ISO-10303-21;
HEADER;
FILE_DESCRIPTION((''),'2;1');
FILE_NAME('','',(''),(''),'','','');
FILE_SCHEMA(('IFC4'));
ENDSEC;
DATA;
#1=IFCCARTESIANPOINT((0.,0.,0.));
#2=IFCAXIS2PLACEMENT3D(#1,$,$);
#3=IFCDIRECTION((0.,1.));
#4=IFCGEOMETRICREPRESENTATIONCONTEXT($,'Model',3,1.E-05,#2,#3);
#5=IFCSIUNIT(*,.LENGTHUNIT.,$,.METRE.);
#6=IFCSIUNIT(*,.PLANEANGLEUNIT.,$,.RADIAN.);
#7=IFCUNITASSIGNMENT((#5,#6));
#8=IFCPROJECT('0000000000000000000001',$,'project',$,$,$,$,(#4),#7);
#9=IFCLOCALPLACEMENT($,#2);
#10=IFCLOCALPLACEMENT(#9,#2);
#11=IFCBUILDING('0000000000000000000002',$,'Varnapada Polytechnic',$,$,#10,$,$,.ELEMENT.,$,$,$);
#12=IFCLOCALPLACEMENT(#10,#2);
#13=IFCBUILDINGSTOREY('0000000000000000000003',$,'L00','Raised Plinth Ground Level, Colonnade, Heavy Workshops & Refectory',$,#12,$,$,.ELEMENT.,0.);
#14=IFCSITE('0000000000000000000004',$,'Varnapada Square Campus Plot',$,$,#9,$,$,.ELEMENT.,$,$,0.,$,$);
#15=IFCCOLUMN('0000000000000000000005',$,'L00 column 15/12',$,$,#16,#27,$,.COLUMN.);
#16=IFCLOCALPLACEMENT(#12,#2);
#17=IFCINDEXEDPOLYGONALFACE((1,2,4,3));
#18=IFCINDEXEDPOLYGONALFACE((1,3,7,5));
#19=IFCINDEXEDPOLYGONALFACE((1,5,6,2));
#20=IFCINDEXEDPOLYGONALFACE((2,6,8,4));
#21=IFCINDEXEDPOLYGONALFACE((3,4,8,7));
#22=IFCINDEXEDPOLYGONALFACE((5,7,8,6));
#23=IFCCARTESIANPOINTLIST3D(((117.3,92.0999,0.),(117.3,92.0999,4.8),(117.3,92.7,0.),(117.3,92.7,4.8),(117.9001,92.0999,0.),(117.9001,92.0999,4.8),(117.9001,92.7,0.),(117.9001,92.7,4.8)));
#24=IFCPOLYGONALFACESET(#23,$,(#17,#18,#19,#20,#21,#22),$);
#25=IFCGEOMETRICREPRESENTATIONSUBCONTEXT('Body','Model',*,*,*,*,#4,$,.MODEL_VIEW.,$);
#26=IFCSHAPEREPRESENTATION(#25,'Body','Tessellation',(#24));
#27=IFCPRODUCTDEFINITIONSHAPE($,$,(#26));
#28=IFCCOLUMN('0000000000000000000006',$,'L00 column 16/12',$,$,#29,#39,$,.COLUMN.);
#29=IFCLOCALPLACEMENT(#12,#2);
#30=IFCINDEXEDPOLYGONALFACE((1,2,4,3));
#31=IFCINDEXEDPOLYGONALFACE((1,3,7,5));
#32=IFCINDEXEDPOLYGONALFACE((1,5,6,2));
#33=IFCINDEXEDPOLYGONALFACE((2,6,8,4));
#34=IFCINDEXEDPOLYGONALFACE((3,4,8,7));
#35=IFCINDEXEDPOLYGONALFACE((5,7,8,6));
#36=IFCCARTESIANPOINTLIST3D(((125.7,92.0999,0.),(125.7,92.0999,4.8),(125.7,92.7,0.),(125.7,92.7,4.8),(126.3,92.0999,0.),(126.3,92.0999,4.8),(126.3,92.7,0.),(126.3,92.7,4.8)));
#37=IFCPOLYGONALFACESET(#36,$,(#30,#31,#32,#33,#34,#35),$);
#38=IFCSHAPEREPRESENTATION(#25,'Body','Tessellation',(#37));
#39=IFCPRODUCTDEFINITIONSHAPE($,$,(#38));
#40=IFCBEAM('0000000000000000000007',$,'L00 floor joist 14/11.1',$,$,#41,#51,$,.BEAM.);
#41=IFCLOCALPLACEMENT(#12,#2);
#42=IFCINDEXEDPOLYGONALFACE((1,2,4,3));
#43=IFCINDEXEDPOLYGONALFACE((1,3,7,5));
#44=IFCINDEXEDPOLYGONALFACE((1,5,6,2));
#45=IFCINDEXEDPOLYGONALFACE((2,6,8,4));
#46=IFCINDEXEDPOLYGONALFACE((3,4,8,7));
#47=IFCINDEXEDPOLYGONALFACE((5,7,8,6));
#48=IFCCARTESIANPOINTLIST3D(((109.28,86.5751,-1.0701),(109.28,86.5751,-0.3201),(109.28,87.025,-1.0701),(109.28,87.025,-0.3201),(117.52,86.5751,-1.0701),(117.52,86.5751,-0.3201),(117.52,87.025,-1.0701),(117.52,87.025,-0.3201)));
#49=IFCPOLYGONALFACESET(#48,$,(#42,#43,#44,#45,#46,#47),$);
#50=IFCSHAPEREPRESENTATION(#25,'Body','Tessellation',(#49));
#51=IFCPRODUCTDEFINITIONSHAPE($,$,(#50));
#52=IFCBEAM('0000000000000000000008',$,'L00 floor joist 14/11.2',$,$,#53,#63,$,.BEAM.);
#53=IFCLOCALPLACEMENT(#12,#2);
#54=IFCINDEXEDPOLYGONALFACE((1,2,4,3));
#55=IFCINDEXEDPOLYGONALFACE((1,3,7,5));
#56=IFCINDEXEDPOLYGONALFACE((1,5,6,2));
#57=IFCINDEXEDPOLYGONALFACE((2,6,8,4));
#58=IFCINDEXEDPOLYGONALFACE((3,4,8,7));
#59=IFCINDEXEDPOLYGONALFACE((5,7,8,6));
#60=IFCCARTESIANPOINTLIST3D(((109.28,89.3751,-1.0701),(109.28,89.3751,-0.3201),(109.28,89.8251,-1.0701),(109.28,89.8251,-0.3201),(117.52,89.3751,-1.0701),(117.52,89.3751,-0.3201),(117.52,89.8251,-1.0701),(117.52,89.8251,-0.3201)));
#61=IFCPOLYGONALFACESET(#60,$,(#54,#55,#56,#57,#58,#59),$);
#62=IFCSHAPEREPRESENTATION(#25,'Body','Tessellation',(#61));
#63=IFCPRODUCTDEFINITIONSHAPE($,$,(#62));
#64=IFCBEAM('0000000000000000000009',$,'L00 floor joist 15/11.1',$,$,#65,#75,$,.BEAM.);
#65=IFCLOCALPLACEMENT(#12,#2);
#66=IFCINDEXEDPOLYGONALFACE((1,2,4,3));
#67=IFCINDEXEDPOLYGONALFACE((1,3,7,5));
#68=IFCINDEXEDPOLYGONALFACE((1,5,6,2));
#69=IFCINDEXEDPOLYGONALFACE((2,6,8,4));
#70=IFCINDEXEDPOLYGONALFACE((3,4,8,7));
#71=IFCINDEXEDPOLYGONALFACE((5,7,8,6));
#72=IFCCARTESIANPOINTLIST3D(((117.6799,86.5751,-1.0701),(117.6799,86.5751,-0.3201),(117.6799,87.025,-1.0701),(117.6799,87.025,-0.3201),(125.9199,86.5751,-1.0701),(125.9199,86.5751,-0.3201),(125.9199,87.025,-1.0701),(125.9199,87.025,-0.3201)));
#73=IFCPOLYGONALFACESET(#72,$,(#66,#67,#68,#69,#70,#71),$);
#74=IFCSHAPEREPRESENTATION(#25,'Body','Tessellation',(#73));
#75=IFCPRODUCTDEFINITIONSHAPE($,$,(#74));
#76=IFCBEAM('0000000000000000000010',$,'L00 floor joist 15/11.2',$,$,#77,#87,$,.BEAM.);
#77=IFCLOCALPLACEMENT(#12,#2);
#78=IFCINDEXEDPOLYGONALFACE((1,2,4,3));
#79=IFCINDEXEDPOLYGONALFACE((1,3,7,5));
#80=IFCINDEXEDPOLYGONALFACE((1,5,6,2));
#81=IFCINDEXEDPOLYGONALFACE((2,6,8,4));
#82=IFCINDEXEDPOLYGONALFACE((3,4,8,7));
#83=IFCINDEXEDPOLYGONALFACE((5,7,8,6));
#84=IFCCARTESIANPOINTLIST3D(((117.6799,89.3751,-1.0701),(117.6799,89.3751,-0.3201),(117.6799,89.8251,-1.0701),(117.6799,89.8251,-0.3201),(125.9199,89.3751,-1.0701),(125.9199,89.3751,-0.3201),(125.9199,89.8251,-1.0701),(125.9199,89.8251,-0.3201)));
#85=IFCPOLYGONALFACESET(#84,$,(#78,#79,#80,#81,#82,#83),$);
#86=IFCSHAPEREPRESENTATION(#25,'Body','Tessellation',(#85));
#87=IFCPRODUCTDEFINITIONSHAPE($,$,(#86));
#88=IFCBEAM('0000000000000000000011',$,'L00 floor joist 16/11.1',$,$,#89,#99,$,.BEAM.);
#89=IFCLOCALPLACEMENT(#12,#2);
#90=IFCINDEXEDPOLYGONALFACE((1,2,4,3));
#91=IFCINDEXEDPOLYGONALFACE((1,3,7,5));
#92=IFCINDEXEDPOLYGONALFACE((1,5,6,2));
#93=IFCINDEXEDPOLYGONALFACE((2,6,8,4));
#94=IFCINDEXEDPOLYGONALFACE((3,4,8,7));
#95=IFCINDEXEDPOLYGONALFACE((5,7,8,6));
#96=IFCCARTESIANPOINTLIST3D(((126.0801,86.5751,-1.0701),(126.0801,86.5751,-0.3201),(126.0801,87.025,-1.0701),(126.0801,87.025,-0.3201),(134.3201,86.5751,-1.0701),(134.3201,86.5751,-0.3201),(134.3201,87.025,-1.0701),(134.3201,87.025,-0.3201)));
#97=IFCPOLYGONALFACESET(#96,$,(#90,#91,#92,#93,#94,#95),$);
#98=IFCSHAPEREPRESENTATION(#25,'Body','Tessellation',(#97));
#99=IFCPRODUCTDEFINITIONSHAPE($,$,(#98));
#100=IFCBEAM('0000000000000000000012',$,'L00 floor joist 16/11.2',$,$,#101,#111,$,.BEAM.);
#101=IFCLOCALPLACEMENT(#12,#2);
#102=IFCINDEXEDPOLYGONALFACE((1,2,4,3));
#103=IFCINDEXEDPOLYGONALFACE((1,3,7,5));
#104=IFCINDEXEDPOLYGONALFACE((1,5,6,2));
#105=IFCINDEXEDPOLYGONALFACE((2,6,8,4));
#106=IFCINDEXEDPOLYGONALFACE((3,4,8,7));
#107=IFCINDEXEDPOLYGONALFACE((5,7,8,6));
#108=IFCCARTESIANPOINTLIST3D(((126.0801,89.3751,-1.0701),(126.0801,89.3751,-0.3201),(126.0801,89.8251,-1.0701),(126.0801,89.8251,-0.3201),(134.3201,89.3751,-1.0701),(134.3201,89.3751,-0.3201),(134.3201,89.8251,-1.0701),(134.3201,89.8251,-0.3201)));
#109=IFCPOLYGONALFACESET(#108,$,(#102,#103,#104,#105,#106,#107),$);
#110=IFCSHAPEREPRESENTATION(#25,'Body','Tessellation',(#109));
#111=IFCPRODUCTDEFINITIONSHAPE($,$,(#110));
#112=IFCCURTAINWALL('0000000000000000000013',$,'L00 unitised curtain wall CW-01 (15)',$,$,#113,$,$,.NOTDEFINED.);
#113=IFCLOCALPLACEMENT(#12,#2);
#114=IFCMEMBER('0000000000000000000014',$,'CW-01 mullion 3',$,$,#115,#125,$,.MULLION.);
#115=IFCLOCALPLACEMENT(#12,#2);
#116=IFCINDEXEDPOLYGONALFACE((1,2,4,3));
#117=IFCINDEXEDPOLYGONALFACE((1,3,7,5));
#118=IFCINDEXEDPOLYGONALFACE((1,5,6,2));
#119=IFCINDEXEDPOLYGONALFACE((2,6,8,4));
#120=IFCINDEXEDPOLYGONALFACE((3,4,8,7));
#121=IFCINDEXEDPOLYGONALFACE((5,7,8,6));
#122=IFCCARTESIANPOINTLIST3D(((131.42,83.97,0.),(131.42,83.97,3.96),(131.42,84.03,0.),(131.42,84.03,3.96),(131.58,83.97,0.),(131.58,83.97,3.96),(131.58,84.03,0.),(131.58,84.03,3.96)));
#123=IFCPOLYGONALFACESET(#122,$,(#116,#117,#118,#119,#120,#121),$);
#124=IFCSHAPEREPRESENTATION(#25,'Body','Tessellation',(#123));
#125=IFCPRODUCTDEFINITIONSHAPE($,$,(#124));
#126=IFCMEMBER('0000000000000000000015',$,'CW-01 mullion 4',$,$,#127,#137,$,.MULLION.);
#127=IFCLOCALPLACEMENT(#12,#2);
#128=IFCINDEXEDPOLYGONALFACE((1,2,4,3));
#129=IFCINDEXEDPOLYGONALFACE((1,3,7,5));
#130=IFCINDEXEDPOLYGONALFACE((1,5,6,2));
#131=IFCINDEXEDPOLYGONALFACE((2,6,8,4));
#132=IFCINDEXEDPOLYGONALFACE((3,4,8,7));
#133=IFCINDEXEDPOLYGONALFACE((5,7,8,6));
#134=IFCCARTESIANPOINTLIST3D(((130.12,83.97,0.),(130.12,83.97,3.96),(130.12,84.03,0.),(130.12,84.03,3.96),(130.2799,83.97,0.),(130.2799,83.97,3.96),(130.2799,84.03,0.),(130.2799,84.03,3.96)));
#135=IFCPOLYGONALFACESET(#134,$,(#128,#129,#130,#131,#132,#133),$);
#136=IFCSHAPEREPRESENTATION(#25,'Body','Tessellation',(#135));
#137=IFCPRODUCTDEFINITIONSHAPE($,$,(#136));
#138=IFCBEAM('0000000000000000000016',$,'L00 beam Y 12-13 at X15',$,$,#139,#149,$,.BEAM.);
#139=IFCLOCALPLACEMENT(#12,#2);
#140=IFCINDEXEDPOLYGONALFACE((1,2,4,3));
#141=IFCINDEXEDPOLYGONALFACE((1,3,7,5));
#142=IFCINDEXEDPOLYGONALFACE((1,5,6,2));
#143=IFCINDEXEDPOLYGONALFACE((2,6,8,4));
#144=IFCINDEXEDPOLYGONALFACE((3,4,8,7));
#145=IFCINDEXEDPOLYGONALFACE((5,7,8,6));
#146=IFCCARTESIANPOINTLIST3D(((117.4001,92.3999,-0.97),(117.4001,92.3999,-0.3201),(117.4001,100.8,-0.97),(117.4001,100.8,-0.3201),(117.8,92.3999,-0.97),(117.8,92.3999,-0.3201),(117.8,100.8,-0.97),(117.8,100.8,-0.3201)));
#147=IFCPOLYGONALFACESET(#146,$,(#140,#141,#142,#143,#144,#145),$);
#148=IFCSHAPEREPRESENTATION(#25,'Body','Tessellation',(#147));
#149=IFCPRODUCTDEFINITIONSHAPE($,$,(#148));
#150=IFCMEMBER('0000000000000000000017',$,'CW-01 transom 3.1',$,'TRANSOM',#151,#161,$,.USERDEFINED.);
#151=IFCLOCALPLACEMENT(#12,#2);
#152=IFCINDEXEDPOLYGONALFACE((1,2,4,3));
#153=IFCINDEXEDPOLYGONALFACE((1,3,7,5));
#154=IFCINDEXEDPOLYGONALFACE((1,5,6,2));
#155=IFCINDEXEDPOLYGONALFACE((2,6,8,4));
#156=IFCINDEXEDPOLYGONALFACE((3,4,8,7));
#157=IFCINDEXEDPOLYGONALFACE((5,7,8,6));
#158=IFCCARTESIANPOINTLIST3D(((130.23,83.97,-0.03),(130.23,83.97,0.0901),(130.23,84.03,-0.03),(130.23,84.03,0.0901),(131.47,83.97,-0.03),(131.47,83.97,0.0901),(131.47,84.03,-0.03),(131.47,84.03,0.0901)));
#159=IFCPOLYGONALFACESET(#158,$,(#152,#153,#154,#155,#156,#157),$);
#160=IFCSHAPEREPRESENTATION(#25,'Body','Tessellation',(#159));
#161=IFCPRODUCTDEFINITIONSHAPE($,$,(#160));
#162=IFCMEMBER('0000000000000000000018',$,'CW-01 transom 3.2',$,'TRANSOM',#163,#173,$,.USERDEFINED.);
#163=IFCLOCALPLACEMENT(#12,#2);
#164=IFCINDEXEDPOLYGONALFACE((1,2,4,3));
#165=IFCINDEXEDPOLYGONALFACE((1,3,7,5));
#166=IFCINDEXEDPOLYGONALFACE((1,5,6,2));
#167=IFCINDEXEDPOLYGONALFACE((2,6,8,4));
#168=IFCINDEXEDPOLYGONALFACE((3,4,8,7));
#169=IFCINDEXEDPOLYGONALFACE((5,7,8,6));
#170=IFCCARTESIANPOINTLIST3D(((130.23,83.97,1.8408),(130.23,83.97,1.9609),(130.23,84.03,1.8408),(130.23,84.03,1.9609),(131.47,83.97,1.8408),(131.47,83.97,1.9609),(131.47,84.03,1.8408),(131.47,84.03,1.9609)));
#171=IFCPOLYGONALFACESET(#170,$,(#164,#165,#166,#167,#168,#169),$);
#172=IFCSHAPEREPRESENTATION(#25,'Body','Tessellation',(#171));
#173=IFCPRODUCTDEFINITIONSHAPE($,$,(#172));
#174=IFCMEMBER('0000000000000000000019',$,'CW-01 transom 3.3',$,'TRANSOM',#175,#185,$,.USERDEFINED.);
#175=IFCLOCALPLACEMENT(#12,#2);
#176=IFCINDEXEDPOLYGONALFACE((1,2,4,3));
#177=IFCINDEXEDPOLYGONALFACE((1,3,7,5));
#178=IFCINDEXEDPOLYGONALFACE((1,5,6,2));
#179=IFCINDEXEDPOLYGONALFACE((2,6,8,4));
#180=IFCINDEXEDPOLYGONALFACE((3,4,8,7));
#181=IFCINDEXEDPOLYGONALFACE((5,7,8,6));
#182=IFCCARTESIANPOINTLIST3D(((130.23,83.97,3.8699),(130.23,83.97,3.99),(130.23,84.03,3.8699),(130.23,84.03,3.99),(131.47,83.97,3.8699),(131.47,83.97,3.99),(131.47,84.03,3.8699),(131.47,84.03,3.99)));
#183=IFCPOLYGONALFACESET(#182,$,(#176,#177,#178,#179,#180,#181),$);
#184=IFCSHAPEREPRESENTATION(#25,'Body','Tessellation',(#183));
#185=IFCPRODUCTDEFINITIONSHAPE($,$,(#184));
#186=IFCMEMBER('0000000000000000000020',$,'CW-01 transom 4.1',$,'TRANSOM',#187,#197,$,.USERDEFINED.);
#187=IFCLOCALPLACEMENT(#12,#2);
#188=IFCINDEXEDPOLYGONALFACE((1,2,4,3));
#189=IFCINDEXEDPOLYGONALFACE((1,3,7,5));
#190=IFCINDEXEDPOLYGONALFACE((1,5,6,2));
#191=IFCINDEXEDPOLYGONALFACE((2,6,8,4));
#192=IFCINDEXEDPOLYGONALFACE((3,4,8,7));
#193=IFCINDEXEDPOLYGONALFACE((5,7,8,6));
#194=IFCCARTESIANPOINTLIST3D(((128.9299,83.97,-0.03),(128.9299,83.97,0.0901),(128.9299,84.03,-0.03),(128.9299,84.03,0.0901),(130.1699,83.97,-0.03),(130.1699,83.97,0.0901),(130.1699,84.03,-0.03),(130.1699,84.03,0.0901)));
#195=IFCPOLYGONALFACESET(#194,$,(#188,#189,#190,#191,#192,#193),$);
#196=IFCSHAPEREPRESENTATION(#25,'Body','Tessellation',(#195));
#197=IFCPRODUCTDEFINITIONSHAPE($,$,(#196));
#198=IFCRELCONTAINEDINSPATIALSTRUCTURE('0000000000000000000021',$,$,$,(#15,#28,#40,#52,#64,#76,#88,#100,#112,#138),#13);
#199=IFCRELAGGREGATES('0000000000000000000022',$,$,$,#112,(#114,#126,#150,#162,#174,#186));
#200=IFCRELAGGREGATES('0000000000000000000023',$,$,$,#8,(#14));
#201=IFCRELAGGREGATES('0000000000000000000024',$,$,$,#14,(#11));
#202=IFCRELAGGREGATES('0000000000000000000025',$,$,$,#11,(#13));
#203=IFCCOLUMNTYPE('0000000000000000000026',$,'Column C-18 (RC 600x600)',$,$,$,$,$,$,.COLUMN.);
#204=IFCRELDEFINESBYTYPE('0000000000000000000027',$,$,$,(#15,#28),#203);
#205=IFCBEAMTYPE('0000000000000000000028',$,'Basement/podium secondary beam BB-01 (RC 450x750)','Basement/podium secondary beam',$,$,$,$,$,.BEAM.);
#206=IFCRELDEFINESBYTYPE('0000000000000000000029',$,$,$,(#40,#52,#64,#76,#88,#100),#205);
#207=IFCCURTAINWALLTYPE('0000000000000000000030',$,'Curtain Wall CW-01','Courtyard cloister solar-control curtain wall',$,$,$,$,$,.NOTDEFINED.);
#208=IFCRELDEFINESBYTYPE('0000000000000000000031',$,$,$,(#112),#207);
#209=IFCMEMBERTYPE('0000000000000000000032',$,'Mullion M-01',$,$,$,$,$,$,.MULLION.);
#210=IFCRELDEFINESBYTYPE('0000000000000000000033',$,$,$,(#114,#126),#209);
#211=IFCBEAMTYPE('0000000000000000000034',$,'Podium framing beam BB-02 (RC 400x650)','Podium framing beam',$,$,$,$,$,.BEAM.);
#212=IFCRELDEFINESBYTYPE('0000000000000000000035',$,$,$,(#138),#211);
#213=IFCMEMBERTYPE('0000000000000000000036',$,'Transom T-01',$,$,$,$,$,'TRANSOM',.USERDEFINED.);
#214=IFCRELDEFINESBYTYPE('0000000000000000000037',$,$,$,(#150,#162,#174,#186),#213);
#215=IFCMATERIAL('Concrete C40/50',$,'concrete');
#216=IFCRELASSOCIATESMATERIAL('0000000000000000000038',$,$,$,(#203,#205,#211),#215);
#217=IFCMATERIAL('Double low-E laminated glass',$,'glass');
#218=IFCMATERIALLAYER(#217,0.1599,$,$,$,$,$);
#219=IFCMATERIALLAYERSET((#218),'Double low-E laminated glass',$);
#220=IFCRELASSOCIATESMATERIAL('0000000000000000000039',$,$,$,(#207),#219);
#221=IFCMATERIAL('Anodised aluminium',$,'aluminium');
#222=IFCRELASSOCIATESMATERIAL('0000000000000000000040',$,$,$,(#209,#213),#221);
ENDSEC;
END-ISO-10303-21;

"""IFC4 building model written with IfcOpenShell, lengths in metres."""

from ifc_helpers import new_model, si_unit, direction, frame, origin, origin_2d, place, context, subcontext, project, spatial, rectangle, extrude, material, layer, layer_set, material_profile, profile_set, type_object, element, aggregate, save


model = new_model("IFC4")

# Units and contexts
model_context = context("Model", 3, precision=1e-05, world=origin(), true_north=direction((0.0, 1.0)))
body_context = subcontext(model_context, "Body", "Model", "MODEL_VIEW")
ifc_project = project(units=[si_unit("LENGTHUNIT", "METRE"), si_unit("PLANEANGLEUNIT", "RADIAN")], contexts=[model_context])

# Site, building, storey
site_placement = place(None, origin())
site = spatial("IfcSite", under=ifc_project, at=site_placement, Name="Varnapada Square Campus Plot", CompositionType="ELEMENT", RefElevation=0.0)
building_placement = place(site_placement, origin())
building = spatial("IfcBuilding", under=site, at=building_placement, Name="Varnapada Polytechnic", CompositionType="ELEMENT")
storey_placement = place(building_placement, origin())
storey = spatial("IfcBuildingStorey", under=building, at=storey_placement, Name="L00", Description="Raised Plinth Ground Level, Colonnade, Heavy Workshops & Refectory", CompositionType="ELEMENT", Elevation=0.0)

# Columns
ifc_material_1 = material(Name="Concrete C40/50", Category="concrete")
ifc_material_profile_1 = material_profile(ifc_material_1, rectangle(XDim=0.6001, YDim=0.6001, at=origin_2d()), Name="RC 600x600")
ifc_profile_set_1 = profile_set([ifc_material_profile_1], Name="Concrete C40/50")
column_type = type_object("IfcColumnType", Name="Column C-18 (RC 600x600)", PredefinedType="COLUMN", material=ifc_profile_set_1)
for number, where, z_axis, x_axis, name in (
    (1, (117.6001, 92.3999, 0.0), (0.0, 0.0, 1.0), (1.0, 0.0, 0.0), "L00 column 15/12"),
    (2, (126.0, 92.3999, 0.0), (0.0, 0.0, 1.0), (1.0, 0.0, 0.0), "L00 column 16/12"),
):
    element("IfcColumn", number, at=place(storey_placement, frame(where, z_axis=z_axis, x_axis=x_axis)), inside=storey, type_object=column_type, Name=name, PredefinedType="COLUMN", context=body_context, shape_type="SweptSolid", body=[
        extrude(rectangle(XDim=0.6001, YDim=0.6001, at=origin_2d()), origin(), (0.0, 0.0, 1.0), 4.8),
    ])

# Beams
ifc_material_profile_2 = material_profile(ifc_material_1, rectangle(XDim=0.45, YDim=0.75, at=origin_2d()), Name="RC 450x750")
ifc_profile_set_2 = profile_set([ifc_material_profile_2], Name="Concrete C40/50")
beam_type_1 = type_object("IfcBeamType", Name="Basement/podium secondary beam BB-01 (RC 450x750)", Description="Basement/podium secondary beam", PredefinedType="BEAM", material=ifc_profile_set_2)
for number, where, z_axis, x_axis, name in (
    (3, (109.28, 86.8, -0.6951), (1.0, 0.0, 0.0), (0.0, 1.0, 0.0), "L00 floor joist 14/11.1"),
    (4, (109.28, 89.6001, -0.6951), (1.0, 0.0, 0.0), (0.0, 1.0, 0.0), "L00 floor joist 14/11.2"),
    (5, (117.6799, 86.8, -0.6951), (1.0, 0.0, 0.0), (0.0, 1.0, 0.0), "L00 floor joist 15/11.1"),
    (6, (117.6799, 89.6001, -0.6951), (1.0, 0.0, 0.0), (0.0, 1.0, 0.0), "L00 floor joist 15/11.2"),
    (7, (126.0801, 86.8, -0.6951), (1.0, 0.0, 0.0), (0.0, 1.0, 0.0), "L00 floor joist 16/11.1"),
    (8, (126.0801, 89.6001, -0.6951), (1.0, 0.0, 0.0), (0.0, 1.0, 0.0), "L00 floor joist 16/11.2"),
):
    element("IfcBeam", number, at=place(storey_placement, frame(where, z_axis=z_axis, x_axis=x_axis)), inside=storey, type_object=beam_type_1, Name=name, PredefinedType="BEAM", context=body_context, shape_type="SweptSolid", body=[
        extrude(rectangle(XDim=0.45, YDim=0.75, at=origin_2d()), origin(), (0.0, 0.0, 1.0), 8.24),
    ])

# Curtain wall, members
ifc_material_2 = material(Name="Double low-E laminated glass", Category="glass")
ifc_layer_1 = layer(ifc_material_2, 0.1599)
ifc_layer_set_1 = layer_set([ifc_layer_1], Name="Double low-E laminated glass")
curtain_wall_type = type_object("IfcCurtainWallType", Name="Curtain Wall CW-01", Description="Courtyard cloister solar-control curtain wall", PredefinedType="NOTDEFINED", material=ifc_layer_set_1)
curtain_wall_placement = place(storey_placement, origin())
curtain_wall = element("IfcCurtainWall", 9, at=curtain_wall_placement, inside=storey, type_object=curtain_wall_type, Name="L00 unitised curtain wall CW-01 (15)", PredefinedType="NOTDEFINED")
ifc_material_3 = material(Name="Anodised aluminium", Category="aluminium")
ifc_material_profile_3 = material_profile(ifc_material_3, rectangle(XDim=0.0601, YDim=0.1599, at=origin_2d()), Name="ALU M60x160")
ifc_profile_set_3 = profile_set([ifc_material_profile_3], Name="Anodised aluminium")
member_type_1 = type_object("IfcMemberType", Name="Mullion M-01", PredefinedType="MULLION", material=ifc_profile_set_3)
member_1_placement = place(storey_placement, frame((131.5, 84.0, 0.0), z_axis=(0.0, 0.0, 1.0), x_axis=(0.0, -1.0, 0.0)))
member_1 = element("IfcMember", 10, at=member_1_placement, type_object=member_type_1, Name="CW-01 mullion 3", PredefinedType="MULLION", context=body_context, shape_type="SweptSolid", body=[
    extrude(rectangle(XDim=0.0601, YDim=0.1599, at=origin_2d()), origin(), (0.0, 0.0, 1.0), 3.96),
])
member_2_placement = place(storey_placement, frame((130.2, 84.0, 0.0), z_axis=(0.0, 0.0, 1.0), x_axis=(0.0, -1.0, 0.0)))
member_2 = element("IfcMember", 11, at=member_2_placement, type_object=member_type_1, Name="CW-01 mullion 4", PredefinedType="MULLION", context=body_context, shape_type="SweptSolid", body=[
    extrude(rectangle(XDim=0.0601, YDim=0.1599, at=origin_2d()), origin(), (0.0, 0.0, 1.0), 3.96),
])

# Beam
ifc_material_profile_4 = material_profile(ifc_material_1, rectangle(XDim=0.3999, YDim=0.6499, at=origin_2d()), Name="RC 400x650")
ifc_profile_set_4 = profile_set([ifc_material_profile_4], Name="Concrete C40/50")
beam_type_2 = type_object("IfcBeamType", Name="Podium framing beam BB-02 (RC 400x650)", Description="Podium framing beam", PredefinedType="BEAM", material=ifc_profile_set_4)
beam_1_placement = place(storey_placement, frame((117.6001, 92.3999, -0.645), z_axis=(0.0, 1.0, 0.0), x_axis=(-1.0, 0.0, 0.0)))
element("IfcBeam", 12, at=beam_1_placement, inside=storey, type_object=beam_type_2, Name="L00 beam Y 12-13 at X15", PredefinedType="BEAM", context=body_context, shape_type="SweptSolid", body=[
    extrude(rectangle(XDim=0.3999, YDim=0.6499, at=origin_2d()), origin(), (0.0, 0.0, 1.0), 8.4001),
])

# Members
ifc_material_profile_5 = material_profile(ifc_material_3, rectangle(XDim=0.0601, YDim=0.1201, at=origin_2d()), Name="ALU T60x120")
ifc_profile_set_5 = profile_set([ifc_material_profile_5], Name="Anodised aluminium")
member_type_2 = type_object("IfcMemberType", Name="Transom T-01", ElementType="TRANSOM", PredefinedType="USERDEFINED", material=ifc_profile_set_5)
member_3_placement = place(storey_placement, frame((131.47, 84.0, 0.03), z_axis=(-1.0, 0.0, 0.0), x_axis=(0.0, -1.0, 0.0)))
member_3 = element("IfcMember", 13, at=member_3_placement, type_object=member_type_2, Name="CW-01 transom 3.1", ObjectType="TRANSOM", PredefinedType="USERDEFINED", context=body_context, shape_type="SweptSolid", body=[
    extrude(rectangle(XDim=0.0601, YDim=0.1201, at=origin_2d()), origin(), (0.0, 0.0, 1.0), 1.24),
])
member_4_placement = place(storey_placement, frame((131.47, 84.0, 1.9009), z_axis=(-1.0, 0.0, 0.0), x_axis=(0.0, -1.0, 0.0)))
member_4 = element("IfcMember", 14, at=member_4_placement, type_object=member_type_2, Name="CW-01 transom 3.2", ObjectType="TRANSOM", PredefinedType="USERDEFINED", context=body_context, shape_type="SweptSolid", body=[
    extrude(rectangle(XDim=0.0601, YDim=0.1201, at=origin_2d()), origin(), (0.0, 0.0, 1.0), 1.24),
])
member_5_placement = place(storey_placement, frame((131.47, 84.0, 3.9299), z_axis=(-1.0, 0.0, 0.0), x_axis=(0.0, -1.0, 0.0)))
member_5 = element("IfcMember", 15, at=member_5_placement, type_object=member_type_2, Name="CW-01 transom 3.3", ObjectType="TRANSOM", PredefinedType="USERDEFINED", context=body_context, shape_type="SweptSolid", body=[
    extrude(rectangle(XDim=0.0601, YDim=0.1201, at=origin_2d()), origin(), (0.0, 0.0, 1.0), 1.24),
])
member_6_placement = place(storey_placement, frame((130.1699, 84.0, 0.03), z_axis=(-1.0, 0.0, 0.0), x_axis=(0.0, -1.0, 0.0)))
member_6 = element("IfcMember", 16, at=member_6_placement, type_object=member_type_2, Name="CW-01 transom 4.1", ObjectType="TRANSOM", PredefinedType="USERDEFINED", context=body_context, shape_type="SweptSolid", body=[
    extrude(rectangle(XDim=0.0601, YDim=0.1201, at=origin_2d()), origin(), (0.0, 0.0, 1.0), 1.24),
])

aggregate(curtain_wall, [member_1, member_2, member_3, member_4, member_5, member_6])

save(model, "model.ifc")
